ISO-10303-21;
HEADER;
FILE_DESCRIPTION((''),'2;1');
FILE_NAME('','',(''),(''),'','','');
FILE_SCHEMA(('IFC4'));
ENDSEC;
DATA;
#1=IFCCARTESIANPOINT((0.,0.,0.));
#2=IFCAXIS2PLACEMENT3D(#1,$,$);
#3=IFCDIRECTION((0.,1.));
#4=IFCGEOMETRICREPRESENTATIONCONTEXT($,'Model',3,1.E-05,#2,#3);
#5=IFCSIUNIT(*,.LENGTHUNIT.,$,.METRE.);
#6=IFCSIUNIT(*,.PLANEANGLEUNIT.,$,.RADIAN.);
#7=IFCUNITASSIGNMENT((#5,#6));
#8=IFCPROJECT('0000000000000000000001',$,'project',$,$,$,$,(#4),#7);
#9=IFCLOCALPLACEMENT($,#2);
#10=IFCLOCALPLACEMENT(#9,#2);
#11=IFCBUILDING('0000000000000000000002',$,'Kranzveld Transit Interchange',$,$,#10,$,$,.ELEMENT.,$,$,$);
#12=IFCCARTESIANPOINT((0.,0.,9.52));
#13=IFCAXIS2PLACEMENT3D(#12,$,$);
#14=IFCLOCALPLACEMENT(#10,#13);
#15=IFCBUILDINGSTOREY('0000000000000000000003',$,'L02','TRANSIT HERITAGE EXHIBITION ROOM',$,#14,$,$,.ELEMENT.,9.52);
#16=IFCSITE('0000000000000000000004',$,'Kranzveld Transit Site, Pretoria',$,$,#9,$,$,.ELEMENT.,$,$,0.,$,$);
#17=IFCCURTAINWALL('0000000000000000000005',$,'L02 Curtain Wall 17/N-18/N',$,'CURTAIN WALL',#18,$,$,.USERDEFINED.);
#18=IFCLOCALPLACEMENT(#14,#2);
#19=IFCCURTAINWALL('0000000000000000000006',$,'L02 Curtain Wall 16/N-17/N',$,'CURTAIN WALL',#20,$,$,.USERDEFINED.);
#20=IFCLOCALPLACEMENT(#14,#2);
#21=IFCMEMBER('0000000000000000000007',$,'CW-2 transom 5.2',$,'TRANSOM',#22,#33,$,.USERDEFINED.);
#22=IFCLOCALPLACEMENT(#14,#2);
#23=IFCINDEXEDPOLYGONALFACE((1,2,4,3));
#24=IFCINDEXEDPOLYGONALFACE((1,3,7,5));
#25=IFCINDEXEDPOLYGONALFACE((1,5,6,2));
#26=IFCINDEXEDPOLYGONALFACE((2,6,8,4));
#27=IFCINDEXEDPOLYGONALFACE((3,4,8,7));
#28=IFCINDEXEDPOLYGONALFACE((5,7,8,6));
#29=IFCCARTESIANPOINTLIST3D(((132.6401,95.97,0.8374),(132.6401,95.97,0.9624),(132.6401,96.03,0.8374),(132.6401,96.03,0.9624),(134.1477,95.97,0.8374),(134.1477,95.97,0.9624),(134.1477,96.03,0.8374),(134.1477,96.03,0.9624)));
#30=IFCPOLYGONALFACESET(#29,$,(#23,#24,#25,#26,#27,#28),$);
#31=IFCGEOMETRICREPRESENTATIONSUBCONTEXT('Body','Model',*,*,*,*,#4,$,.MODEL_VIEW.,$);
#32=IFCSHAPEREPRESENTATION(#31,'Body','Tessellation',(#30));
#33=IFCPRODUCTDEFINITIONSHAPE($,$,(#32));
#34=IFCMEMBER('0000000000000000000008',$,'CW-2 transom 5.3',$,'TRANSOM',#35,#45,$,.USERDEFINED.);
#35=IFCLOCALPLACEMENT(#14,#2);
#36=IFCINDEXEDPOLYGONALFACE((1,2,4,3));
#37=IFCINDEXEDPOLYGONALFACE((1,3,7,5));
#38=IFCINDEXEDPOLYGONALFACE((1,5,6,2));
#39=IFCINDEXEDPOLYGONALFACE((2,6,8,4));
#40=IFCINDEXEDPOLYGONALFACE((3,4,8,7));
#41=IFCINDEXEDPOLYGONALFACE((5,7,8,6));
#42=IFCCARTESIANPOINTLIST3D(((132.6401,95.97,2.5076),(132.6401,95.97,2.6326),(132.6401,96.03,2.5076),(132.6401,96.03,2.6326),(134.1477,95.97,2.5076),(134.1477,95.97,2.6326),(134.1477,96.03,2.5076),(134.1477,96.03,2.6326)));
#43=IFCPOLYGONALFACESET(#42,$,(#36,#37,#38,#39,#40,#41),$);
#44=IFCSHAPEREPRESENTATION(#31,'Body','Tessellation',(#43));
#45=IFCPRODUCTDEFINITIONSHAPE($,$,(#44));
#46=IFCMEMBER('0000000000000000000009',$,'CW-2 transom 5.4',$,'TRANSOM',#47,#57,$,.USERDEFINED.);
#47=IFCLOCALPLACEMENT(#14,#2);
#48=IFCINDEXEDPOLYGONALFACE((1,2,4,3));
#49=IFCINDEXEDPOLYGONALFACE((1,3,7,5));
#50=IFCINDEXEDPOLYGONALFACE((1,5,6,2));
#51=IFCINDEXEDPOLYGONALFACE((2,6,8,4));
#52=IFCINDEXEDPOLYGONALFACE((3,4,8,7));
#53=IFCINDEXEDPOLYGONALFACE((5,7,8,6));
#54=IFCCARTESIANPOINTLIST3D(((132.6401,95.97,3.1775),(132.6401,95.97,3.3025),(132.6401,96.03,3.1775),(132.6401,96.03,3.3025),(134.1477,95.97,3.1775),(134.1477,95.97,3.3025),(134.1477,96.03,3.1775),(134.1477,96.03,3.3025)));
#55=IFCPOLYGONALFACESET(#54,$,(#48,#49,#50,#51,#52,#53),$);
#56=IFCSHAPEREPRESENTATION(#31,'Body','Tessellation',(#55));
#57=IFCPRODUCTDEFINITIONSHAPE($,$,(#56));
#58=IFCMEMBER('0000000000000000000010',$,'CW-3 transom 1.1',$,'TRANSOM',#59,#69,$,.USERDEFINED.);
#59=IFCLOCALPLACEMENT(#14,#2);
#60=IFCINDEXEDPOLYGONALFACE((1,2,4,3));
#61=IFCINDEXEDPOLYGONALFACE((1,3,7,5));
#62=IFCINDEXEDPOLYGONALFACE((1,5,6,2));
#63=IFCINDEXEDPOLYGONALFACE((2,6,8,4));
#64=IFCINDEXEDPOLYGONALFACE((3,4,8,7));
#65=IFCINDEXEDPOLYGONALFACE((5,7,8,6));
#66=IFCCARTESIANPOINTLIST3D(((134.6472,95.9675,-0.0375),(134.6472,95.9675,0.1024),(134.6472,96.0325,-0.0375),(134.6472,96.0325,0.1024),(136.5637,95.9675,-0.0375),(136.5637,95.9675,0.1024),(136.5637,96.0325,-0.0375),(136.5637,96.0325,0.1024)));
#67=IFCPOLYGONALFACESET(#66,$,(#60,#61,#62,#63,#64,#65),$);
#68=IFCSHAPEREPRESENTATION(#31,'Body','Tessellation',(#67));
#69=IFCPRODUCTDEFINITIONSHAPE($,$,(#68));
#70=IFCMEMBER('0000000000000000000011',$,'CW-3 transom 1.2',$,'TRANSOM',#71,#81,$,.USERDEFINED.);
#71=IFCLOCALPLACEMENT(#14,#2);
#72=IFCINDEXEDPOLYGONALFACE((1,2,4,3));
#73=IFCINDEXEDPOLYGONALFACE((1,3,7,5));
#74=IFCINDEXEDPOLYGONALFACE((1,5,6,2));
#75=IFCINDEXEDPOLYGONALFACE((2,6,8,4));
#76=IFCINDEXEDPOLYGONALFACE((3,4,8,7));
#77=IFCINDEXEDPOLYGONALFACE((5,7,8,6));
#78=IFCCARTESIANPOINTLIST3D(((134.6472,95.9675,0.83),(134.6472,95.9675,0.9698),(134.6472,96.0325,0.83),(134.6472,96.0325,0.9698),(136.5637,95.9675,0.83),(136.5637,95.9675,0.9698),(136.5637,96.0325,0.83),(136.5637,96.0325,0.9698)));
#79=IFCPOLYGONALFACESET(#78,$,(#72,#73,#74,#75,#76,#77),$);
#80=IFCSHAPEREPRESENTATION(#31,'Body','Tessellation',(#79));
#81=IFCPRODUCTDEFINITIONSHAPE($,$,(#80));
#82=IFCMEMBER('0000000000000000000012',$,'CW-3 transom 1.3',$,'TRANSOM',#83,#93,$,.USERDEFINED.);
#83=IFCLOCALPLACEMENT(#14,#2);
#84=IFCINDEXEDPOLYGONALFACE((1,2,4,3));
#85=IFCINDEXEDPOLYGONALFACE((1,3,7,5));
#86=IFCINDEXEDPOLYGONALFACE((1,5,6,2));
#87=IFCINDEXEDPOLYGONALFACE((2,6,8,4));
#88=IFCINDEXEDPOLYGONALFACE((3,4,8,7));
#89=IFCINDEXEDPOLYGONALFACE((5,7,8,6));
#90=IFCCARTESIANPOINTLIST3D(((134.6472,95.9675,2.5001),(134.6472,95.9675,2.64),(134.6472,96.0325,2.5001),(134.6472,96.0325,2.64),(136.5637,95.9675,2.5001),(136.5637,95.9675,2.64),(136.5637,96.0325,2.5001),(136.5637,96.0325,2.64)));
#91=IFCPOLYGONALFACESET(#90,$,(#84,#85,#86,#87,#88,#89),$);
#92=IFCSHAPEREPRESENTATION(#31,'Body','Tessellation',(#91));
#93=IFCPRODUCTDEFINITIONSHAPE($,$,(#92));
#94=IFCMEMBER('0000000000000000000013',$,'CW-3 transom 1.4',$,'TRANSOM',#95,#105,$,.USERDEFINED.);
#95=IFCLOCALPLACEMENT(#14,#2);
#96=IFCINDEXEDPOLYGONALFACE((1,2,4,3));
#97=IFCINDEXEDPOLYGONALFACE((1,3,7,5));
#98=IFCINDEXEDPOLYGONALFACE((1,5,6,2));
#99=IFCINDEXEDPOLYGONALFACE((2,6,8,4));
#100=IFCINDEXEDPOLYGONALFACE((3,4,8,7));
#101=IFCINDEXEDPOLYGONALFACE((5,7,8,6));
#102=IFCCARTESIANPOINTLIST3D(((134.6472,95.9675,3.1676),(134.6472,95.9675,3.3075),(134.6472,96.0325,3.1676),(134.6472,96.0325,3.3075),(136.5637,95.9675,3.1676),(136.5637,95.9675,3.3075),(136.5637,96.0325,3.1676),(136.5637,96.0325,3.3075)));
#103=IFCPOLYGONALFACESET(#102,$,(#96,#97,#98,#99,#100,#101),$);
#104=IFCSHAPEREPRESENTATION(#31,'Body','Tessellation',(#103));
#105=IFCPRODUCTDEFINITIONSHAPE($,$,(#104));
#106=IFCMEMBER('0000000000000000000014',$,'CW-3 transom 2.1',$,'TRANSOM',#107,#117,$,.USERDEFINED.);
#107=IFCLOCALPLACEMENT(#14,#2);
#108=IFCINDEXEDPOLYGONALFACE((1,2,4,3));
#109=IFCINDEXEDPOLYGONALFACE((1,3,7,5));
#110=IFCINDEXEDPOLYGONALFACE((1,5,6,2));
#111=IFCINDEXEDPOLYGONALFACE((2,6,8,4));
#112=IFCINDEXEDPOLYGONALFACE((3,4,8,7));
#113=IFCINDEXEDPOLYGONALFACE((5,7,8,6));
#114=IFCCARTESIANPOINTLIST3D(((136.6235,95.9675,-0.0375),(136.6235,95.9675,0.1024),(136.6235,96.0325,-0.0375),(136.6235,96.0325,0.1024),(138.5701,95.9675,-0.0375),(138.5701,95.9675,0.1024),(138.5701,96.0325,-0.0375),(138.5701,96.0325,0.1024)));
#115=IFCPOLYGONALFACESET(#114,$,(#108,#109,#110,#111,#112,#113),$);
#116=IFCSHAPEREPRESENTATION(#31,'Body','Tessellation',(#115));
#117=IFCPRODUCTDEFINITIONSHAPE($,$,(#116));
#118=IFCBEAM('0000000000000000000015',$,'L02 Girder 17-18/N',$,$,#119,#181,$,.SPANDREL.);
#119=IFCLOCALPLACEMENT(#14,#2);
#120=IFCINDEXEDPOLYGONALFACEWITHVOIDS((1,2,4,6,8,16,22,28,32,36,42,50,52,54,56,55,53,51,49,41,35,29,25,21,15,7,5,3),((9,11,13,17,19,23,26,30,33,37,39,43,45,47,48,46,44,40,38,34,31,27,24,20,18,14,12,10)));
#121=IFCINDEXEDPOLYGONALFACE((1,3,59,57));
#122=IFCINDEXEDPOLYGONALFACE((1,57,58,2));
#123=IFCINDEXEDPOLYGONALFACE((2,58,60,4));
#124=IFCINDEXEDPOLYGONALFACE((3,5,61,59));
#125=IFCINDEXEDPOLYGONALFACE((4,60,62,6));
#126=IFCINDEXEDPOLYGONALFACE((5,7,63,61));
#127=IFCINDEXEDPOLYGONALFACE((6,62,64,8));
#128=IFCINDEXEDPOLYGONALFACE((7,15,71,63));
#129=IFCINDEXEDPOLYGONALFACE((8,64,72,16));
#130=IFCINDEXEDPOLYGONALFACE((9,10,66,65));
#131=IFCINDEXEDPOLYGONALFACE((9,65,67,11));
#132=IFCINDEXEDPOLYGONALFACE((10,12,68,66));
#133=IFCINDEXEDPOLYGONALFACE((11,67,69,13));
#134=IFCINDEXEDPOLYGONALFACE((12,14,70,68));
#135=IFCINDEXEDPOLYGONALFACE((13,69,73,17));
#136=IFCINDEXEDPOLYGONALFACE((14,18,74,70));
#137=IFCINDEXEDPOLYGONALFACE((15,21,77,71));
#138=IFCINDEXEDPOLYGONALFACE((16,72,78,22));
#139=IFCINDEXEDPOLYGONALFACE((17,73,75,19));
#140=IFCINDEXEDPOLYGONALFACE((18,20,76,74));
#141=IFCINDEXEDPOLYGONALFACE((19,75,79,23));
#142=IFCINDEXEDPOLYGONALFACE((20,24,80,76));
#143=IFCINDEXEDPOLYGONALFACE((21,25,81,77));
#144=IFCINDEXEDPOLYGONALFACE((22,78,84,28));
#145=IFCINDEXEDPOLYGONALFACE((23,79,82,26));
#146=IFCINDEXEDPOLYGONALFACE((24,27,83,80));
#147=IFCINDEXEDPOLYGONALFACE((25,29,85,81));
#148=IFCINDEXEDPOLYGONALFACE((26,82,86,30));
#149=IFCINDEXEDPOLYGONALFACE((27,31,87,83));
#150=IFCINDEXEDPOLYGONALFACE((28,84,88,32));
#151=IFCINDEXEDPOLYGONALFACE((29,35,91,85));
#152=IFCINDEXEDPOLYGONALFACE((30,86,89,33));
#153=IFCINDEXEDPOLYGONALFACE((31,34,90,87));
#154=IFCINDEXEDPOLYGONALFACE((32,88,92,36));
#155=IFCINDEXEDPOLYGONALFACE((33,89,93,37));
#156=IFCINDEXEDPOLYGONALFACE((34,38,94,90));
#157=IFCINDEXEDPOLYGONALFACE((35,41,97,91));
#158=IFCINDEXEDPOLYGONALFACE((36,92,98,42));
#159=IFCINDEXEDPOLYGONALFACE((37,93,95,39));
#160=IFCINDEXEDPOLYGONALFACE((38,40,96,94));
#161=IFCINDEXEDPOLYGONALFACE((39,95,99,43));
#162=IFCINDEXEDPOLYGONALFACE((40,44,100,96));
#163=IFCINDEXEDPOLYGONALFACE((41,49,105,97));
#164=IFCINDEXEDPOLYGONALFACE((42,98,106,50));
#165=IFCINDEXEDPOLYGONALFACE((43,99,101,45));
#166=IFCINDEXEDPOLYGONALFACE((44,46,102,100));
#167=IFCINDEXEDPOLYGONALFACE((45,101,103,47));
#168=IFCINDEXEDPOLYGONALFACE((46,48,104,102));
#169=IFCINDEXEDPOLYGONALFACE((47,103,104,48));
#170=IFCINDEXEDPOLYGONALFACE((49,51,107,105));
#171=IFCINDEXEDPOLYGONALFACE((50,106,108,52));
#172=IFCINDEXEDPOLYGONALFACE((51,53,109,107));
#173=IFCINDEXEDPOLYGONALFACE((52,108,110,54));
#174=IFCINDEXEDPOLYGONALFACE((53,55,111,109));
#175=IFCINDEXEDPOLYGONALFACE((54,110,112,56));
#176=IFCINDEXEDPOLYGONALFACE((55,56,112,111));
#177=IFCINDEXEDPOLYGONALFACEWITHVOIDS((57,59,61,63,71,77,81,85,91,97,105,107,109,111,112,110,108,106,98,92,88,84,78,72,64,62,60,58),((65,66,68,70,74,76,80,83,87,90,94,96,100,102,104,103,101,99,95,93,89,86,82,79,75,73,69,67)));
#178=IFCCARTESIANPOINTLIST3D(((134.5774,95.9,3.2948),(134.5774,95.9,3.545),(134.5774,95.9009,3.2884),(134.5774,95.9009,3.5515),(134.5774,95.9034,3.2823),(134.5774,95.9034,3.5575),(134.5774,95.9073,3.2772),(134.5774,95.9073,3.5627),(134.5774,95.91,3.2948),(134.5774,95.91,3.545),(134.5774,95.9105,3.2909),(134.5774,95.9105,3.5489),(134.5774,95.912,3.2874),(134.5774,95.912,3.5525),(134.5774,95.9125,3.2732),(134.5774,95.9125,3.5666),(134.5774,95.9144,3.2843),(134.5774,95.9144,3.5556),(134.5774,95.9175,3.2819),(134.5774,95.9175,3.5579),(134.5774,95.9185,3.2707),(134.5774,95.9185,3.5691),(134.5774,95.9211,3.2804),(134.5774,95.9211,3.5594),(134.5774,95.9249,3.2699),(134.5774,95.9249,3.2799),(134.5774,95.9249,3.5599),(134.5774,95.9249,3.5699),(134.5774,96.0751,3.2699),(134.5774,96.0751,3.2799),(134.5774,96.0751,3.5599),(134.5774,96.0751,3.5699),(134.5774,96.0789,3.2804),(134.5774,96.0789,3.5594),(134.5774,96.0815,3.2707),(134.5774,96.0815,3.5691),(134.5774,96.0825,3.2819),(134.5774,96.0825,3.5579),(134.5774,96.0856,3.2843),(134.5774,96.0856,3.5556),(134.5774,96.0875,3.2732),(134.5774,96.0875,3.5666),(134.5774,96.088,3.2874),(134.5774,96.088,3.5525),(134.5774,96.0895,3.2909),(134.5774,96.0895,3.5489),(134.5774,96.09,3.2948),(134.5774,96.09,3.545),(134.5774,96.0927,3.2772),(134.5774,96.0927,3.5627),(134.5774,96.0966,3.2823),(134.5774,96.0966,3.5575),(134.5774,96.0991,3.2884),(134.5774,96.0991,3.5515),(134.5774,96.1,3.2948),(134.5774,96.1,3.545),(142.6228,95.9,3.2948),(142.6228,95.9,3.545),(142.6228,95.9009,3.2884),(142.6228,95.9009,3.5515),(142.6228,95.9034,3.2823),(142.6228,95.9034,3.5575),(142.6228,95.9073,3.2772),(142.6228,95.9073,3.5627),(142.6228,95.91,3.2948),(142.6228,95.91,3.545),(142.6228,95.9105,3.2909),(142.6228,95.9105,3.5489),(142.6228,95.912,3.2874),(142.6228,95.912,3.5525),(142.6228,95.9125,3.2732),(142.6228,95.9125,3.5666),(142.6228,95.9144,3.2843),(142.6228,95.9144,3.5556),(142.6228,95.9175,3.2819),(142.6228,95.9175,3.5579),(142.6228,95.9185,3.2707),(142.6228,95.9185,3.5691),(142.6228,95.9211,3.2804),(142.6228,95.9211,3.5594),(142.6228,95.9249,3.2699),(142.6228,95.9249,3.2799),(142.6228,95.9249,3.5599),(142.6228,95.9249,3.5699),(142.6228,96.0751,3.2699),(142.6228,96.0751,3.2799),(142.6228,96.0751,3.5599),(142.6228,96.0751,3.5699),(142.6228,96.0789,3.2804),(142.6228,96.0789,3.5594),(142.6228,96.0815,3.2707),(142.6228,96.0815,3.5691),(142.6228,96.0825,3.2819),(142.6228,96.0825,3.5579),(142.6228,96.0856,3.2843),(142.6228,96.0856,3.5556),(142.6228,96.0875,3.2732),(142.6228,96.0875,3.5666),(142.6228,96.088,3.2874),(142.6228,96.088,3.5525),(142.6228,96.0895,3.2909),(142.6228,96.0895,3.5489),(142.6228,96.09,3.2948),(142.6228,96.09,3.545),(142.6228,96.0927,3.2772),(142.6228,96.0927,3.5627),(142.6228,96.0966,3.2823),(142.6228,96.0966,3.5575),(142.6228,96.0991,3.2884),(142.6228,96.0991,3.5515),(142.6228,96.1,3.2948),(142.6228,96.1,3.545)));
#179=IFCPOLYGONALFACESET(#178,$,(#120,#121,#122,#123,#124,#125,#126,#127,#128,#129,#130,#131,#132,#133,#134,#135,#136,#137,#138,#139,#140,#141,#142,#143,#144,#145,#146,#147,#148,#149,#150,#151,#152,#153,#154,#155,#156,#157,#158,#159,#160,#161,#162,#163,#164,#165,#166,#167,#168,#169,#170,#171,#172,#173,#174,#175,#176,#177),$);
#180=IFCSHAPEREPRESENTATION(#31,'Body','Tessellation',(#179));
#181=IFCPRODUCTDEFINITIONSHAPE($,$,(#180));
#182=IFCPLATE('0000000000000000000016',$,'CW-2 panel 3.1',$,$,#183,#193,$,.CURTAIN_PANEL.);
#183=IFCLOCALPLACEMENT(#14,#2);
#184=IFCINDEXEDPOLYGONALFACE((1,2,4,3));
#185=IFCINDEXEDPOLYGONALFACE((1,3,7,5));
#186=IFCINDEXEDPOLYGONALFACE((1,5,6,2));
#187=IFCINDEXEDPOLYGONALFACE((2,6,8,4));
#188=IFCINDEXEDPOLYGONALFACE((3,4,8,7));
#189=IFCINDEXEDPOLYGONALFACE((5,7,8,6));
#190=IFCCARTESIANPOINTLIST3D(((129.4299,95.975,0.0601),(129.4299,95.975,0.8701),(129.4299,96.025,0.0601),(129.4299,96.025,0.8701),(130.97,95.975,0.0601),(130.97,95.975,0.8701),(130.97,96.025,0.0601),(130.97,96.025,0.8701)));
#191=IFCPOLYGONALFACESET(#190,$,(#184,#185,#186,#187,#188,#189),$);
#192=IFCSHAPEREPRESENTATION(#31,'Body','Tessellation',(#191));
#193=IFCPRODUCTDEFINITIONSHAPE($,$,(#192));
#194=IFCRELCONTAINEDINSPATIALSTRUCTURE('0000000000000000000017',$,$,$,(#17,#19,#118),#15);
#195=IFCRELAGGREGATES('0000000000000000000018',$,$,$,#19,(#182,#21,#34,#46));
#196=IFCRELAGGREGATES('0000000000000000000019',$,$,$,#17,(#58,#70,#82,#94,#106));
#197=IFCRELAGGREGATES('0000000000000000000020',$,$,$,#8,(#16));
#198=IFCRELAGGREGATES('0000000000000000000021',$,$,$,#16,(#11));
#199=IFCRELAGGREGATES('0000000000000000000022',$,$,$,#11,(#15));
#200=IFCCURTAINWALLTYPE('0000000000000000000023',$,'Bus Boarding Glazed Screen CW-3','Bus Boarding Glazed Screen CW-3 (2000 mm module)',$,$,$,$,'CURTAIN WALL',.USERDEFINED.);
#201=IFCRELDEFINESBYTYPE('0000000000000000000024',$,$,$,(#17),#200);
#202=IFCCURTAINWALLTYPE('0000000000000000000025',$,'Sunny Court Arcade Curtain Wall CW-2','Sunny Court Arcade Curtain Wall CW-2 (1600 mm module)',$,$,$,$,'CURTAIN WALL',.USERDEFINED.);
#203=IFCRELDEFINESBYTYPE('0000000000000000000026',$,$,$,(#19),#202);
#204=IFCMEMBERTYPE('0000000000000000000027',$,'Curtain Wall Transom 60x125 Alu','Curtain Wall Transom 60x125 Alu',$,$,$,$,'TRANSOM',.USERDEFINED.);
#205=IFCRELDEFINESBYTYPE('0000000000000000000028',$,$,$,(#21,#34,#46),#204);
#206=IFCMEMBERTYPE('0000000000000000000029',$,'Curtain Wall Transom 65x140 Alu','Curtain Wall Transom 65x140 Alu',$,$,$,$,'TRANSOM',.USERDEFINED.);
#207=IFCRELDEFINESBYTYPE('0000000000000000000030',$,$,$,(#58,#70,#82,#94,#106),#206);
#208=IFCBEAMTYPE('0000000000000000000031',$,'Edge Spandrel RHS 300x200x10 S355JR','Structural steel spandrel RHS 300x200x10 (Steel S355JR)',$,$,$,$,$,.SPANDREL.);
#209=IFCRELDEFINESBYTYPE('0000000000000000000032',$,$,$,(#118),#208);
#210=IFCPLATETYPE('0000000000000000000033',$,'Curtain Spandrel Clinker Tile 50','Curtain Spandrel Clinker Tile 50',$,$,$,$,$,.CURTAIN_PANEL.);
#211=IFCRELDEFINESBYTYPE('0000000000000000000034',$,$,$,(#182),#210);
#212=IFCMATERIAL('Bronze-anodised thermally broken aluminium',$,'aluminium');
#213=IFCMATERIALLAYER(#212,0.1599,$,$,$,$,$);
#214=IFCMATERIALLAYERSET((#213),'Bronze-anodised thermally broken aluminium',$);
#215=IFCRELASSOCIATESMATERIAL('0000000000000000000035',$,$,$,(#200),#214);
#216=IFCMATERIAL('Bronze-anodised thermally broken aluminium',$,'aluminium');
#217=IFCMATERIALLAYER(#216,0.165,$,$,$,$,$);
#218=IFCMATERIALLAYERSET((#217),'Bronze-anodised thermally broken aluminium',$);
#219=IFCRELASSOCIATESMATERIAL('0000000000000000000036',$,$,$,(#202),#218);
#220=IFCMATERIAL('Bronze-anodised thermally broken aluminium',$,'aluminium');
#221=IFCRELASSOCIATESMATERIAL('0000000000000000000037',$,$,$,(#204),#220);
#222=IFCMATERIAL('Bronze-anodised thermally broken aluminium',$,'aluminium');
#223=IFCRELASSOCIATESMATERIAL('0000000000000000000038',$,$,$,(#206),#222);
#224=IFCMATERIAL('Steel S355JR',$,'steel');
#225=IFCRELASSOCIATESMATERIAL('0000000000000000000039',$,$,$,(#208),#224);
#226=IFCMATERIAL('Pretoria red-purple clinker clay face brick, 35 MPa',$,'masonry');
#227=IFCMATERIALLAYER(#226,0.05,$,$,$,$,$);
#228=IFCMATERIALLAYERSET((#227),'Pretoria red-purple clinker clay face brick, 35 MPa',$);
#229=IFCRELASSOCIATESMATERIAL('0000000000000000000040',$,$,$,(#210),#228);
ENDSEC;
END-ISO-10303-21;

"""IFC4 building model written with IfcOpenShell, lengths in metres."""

from ifc_helpers import new_model, si_unit, direction, frame, origin, origin_2d, place, context, subcontext, project, spatial, rectangle, hollow_rectangle, extrude, material, layer, layer_set, material_profile, profile_set, type_object, element, aggregate, save


model = new_model("IFC4")

# Units and contexts
model_context = context("Model", 3, precision=1e-05, world=origin(), true_north=direction((0.0, 1.0)))
body_context = subcontext(model_context, "Body", "Model", "MODEL_VIEW")
ifc_project = project(units=[si_unit("LENGTHUNIT", "METRE"), si_unit("PLANEANGLEUNIT", "RADIAN")], contexts=[model_context])

# Site, building, storey
site_placement = place(None, origin())
site = spatial("IfcSite", under=ifc_project, at=site_placement, Name="Kranzveld Transit Site, Pretoria", CompositionType="ELEMENT", RefElevation=0.0)
building_placement = place(site_placement, origin())
building = spatial("IfcBuilding", under=site, at=building_placement, Name="Kranzveld Transit Interchange", CompositionType="ELEMENT")
storey_placement = place(building_placement, frame((0.0, 0.0, 9.52)))
storey = spatial("IfcBuildingStorey", under=building, at=storey_placement, Name="L02", Description="TRANSIT HERITAGE EXHIBITION ROOM", CompositionType="ELEMENT", Elevation=9.52)

# Curtain walls, members
ifc_material_1 = material(Name="Bronze-anodised thermally broken aluminium", Category="aluminium")
ifc_layer_1 = layer(ifc_material_1, 0.1599)
ifc_layer_set_1 = layer_set([ifc_layer_1], Name="Bronze-anodised thermally broken aluminium")
curtain_wall_type_1 = type_object("IfcCurtainWallType", Name="Bus Boarding Glazed Screen CW-3", Description="Bus Boarding Glazed Screen CW-3 (2000 mm module)", ElementType="CURTAIN WALL", PredefinedType="USERDEFINED", material=ifc_layer_set_1)
curtain_wall_1_placement = place(storey_placement, origin())
curtain_wall_1 = element("IfcCurtainWall", 1, at=curtain_wall_1_placement, inside=storey, type_object=curtain_wall_type_1, Name="L02 Curtain Wall 17/N-18/N", ObjectType="CURTAIN WALL", PredefinedType="USERDEFINED")
ifc_material_2 = material(Name="Bronze-anodised thermally broken aluminium", Category="aluminium")
ifc_layer_2 = layer(ifc_material_2, 0.165)
ifc_layer_set_2 = layer_set([ifc_layer_2], Name="Bronze-anodised thermally broken aluminium")
curtain_wall_type_2 = type_object("IfcCurtainWallType", Name="Sunny Court Arcade Curtain Wall CW-2", Description="Sunny Court Arcade Curtain Wall CW-2 (1600 mm module)", ElementType="CURTAIN WALL", PredefinedType="USERDEFINED", material=ifc_layer_set_2)
curtain_wall_2_placement = place(storey_placement, origin())
curtain_wall_2 = element("IfcCurtainWall", 2, at=curtain_wall_2_placement, inside=storey, type_object=curtain_wall_type_2, Name="L02 Curtain Wall 16/N-17/N", ObjectType="CURTAIN WALL", PredefinedType="USERDEFINED")
ifc_material_3 = material(Name="Bronze-anodised thermally broken aluminium", Category="aluminium")
ifc_material_profile_1 = material_profile(ifc_material_3, rectangle(XDim=0.0601, YDim=0.125, at=origin_2d()), Name="ALU TRANSOM 60x125")
ifc_profile_set_1 = profile_set([ifc_material_profile_1], Name="Bronze-anodised thermally broken aluminium")
member_type_1 = type_object("IfcMemberType", Name="Curtain Wall Transom 60x125 Alu", Description="Curtain Wall Transom 60x125 Alu", ElementType="TRANSOM", PredefinedType="USERDEFINED", material=ifc_profile_set_1)
member_1_placement = place(storey_placement, frame((132.6401, 96.0, 0.8999), z_axis=(1.0, 0.0, 0.0), x_axis=(0.0, 1.0, 0.0)))
member_1 = element("IfcMember", 3, at=member_1_placement, type_object=member_type_1, Name="CW-2 transom 5.2", ObjectType="TRANSOM", PredefinedType="USERDEFINED", context=body_context, shape_type="SweptSolid", body=[
    extrude(rectangle(XDim=0.0601, YDim=0.125, at=origin_2d()), origin(), (0.0, 0.0, 1.0), 1.5076),
])
member_2_placement = place(storey_placement, frame((132.6401, 96.0, 2.5701), z_axis=(1.0, 0.0, 0.0), x_axis=(0.0, 1.0, 0.0)))
member_2 = element("IfcMember", 4, at=member_2_placement, type_object=member_type_1, Name="CW-2 transom 5.3", ObjectType="TRANSOM", PredefinedType="USERDEFINED", context=body_context, shape_type="SweptSolid", body=[
    extrude(rectangle(XDim=0.0601, YDim=0.125, at=origin_2d()), origin(), (0.0, 0.0, 1.0), 1.5076),
])
member_3_placement = place(storey_placement, frame((132.6401, 96.0, 3.24), z_axis=(1.0, 0.0, 0.0), x_axis=(0.0, 1.0, 0.0)))
member_3 = element("IfcMember", 5, at=member_3_placement, type_object=member_type_1, Name="CW-2 transom 5.4", ObjectType="TRANSOM", PredefinedType="USERDEFINED", context=body_context, shape_type="SweptSolid", body=[
    extrude(rectangle(XDim=0.0601, YDim=0.125, at=origin_2d()), origin(), (0.0, 0.0, 1.0), 1.5076),
])

# Members
ifc_material_4 = material(Name="Bronze-anodised thermally broken aluminium", Category="aluminium")
ifc_material_profile_2 = material_profile(ifc_material_4, rectangle(XDim=0.0649, YDim=0.1399, at=origin_2d()), Name="ALU TRANSOM 65x140")
ifc_profile_set_2 = profile_set([ifc_material_profile_2], Name="Bronze-anodised thermally broken aluminium")
member_type_2 = type_object("IfcMemberType", Name="Curtain Wall Transom 65x140 Alu", Description="Curtain Wall Transom 65x140 Alu", ElementType="TRANSOM", PredefinedType="USERDEFINED", material=ifc_profile_set_2)
member_4_placement = place(storey_placement, frame((134.6472, 96.0, 0.0325), z_axis=(1.0, 0.0, 0.0), x_axis=(0.0, 1.0, 0.0)))
member_4 = element("IfcMember", 6, at=member_4_placement, type_object=member_type_2, Name="CW-3 transom 1.1", ObjectType="TRANSOM", PredefinedType="USERDEFINED", context=body_context, shape_type="SweptSolid", body=[
    extrude(rectangle(XDim=0.0649, YDim=0.1399, at=origin_2d()), origin(), (0.0, 0.0, 1.0), 1.9165),
])
member_5_placement = place(storey_placement, frame((134.6472, 96.0, 0.8999), z_axis=(1.0, 0.0, 0.0), x_axis=(0.0, 1.0, 0.0)))
member_5 = element("IfcMember", 7, at=member_5_placement, type_object=member_type_2, Name="CW-3 transom 1.2", ObjectType="TRANSOM", PredefinedType="USERDEFINED", context=body_context, shape_type="SweptSolid", body=[
    extrude(rectangle(XDim=0.0649, YDim=0.1399, at=origin_2d()), origin(), (0.0, 0.0, 1.0), 1.9165),
])
member_6_placement = place(storey_placement, frame((134.6472, 96.0, 2.5701), z_axis=(1.0, 0.0, 0.0), x_axis=(0.0, 1.0, 0.0)))
member_6 = element("IfcMember", 8, at=member_6_placement, type_object=member_type_2, Name="CW-3 transom 1.3", ObjectType="TRANSOM", PredefinedType="USERDEFINED", context=body_context, shape_type="SweptSolid", body=[
    extrude(rectangle(XDim=0.0649, YDim=0.1399, at=origin_2d()), origin(), (0.0, 0.0, 1.0), 1.9165),
])
member_7_placement = place(storey_placement, frame((134.6472, 96.0, 3.2375), z_axis=(1.0, 0.0, 0.0), x_axis=(0.0, 1.0, 0.0)))
member_7 = element("IfcMember", 9, at=member_7_placement, type_object=member_type_2, Name="CW-3 transom 1.4", ObjectType="TRANSOM", PredefinedType="USERDEFINED", context=body_context, shape_type="SweptSolid", body=[
    extrude(rectangle(XDim=0.0649, YDim=0.1399, at=origin_2d()), origin(), (0.0, 0.0, 1.0), 1.9165),
])
member_8_placement = place(storey_placement, frame((136.6235, 96.0, 0.0325), z_axis=(1.0, 0.0, 0.0), x_axis=(0.0, 1.0, 0.0)))
member_8 = element("IfcMember", 10, at=member_8_placement, type_object=member_type_2, Name="CW-3 transom 2.1", ObjectType="TRANSOM", PredefinedType="USERDEFINED", context=body_context, shape_type="SweptSolid", body=[
    extrude(rectangle(XDim=0.0649, YDim=0.1399, at=origin_2d()), origin(), (0.0, 0.0, 1.0), 1.9465),
])

# Beam
ifc_material_5 = material(Name="Steel S355JR", Category="steel")
ifc_material_profile_3 = material_profile(ifc_material_5, hollow_rectangle(XDim=0.2, YDim=0.3, WallThickness=0.01, InnerFilletRadius=0.0149, OuterFilletRadius=0.0249, at=origin_2d()), Name="RHS 300x200x10")
ifc_profile_set_3 = profile_set([ifc_material_profile_3], Name="Steel S355JR")
beam_type = type_object("IfcBeamType", Name="Edge Spandrel RHS 300x200x10 S355JR", Description="Structural steel spandrel RHS 300x200x10 (Steel S355JR)", PredefinedType="SPANDREL", material=ifc_profile_set_3)
beam_placement = place(storey_placement, frame((134.5774, 96.0, 3.4199), z_axis=(1.0, 0.0, 0.0), x_axis=(0.0, 1.0, 0.0)))
element("IfcBeam", 11, at=beam_placement, inside=storey, type_object=beam_type, Name="L02 Girder 17-18/N", PredefinedType="SPANDREL", context=body_context, shape_type="SweptSolid", body=[
    extrude(hollow_rectangle(XDim=0.2, YDim=0.3, WallThickness=0.01, InnerFilletRadius=0.0149, OuterFilletRadius=0.0249, at=origin_2d()), origin(), (0.0, 0.0, 1.0), 8.0454),
])

# Plate
ifc_material_6 = material(Name="Pretoria red-purple clinker clay face brick, 35 MPa", Category="masonry")
ifc_layer_3 = layer(ifc_material_6, 0.05)
ifc_layer_set_3 = layer_set([ifc_layer_3], Name="Pretoria red-purple clinker clay face brick, 35 MPa")
plate_type_1 = type_object("IfcPlateType", Name="Curtain Spandrel Clinker Tile 50", Description="Curtain Spandrel Clinker Tile 50", PredefinedType="CURTAIN_PANEL", material=ifc_layer_set_3)
plate_1_placement = place(storey_placement, frame((130.2, 96.0, 0.0601), z_axis=(0.0, 0.0, 1.0), x_axis=(1.0, 0.0, 0.0)))
plate_1 = element("IfcPlate", 12, at=plate_1_placement, type_object=plate_type_1, Name="CW-2 panel 3.1", PredefinedType="CURTAIN_PANEL", context=body_context, shape_type="SweptSolid", body=[
    extrude(rectangle(XDim=1.54, YDim=0.05, at=origin_2d()), origin(), (0.0, 0.0, 1.0), 0.8101),
])
aggregate(curtain_wall_2, [plate_1, member_1, member_2, member_3])
aggregate(curtain_wall_1, [member_4, member_5, member_6, member_7, member_8])

save(model, "model.ifc")
